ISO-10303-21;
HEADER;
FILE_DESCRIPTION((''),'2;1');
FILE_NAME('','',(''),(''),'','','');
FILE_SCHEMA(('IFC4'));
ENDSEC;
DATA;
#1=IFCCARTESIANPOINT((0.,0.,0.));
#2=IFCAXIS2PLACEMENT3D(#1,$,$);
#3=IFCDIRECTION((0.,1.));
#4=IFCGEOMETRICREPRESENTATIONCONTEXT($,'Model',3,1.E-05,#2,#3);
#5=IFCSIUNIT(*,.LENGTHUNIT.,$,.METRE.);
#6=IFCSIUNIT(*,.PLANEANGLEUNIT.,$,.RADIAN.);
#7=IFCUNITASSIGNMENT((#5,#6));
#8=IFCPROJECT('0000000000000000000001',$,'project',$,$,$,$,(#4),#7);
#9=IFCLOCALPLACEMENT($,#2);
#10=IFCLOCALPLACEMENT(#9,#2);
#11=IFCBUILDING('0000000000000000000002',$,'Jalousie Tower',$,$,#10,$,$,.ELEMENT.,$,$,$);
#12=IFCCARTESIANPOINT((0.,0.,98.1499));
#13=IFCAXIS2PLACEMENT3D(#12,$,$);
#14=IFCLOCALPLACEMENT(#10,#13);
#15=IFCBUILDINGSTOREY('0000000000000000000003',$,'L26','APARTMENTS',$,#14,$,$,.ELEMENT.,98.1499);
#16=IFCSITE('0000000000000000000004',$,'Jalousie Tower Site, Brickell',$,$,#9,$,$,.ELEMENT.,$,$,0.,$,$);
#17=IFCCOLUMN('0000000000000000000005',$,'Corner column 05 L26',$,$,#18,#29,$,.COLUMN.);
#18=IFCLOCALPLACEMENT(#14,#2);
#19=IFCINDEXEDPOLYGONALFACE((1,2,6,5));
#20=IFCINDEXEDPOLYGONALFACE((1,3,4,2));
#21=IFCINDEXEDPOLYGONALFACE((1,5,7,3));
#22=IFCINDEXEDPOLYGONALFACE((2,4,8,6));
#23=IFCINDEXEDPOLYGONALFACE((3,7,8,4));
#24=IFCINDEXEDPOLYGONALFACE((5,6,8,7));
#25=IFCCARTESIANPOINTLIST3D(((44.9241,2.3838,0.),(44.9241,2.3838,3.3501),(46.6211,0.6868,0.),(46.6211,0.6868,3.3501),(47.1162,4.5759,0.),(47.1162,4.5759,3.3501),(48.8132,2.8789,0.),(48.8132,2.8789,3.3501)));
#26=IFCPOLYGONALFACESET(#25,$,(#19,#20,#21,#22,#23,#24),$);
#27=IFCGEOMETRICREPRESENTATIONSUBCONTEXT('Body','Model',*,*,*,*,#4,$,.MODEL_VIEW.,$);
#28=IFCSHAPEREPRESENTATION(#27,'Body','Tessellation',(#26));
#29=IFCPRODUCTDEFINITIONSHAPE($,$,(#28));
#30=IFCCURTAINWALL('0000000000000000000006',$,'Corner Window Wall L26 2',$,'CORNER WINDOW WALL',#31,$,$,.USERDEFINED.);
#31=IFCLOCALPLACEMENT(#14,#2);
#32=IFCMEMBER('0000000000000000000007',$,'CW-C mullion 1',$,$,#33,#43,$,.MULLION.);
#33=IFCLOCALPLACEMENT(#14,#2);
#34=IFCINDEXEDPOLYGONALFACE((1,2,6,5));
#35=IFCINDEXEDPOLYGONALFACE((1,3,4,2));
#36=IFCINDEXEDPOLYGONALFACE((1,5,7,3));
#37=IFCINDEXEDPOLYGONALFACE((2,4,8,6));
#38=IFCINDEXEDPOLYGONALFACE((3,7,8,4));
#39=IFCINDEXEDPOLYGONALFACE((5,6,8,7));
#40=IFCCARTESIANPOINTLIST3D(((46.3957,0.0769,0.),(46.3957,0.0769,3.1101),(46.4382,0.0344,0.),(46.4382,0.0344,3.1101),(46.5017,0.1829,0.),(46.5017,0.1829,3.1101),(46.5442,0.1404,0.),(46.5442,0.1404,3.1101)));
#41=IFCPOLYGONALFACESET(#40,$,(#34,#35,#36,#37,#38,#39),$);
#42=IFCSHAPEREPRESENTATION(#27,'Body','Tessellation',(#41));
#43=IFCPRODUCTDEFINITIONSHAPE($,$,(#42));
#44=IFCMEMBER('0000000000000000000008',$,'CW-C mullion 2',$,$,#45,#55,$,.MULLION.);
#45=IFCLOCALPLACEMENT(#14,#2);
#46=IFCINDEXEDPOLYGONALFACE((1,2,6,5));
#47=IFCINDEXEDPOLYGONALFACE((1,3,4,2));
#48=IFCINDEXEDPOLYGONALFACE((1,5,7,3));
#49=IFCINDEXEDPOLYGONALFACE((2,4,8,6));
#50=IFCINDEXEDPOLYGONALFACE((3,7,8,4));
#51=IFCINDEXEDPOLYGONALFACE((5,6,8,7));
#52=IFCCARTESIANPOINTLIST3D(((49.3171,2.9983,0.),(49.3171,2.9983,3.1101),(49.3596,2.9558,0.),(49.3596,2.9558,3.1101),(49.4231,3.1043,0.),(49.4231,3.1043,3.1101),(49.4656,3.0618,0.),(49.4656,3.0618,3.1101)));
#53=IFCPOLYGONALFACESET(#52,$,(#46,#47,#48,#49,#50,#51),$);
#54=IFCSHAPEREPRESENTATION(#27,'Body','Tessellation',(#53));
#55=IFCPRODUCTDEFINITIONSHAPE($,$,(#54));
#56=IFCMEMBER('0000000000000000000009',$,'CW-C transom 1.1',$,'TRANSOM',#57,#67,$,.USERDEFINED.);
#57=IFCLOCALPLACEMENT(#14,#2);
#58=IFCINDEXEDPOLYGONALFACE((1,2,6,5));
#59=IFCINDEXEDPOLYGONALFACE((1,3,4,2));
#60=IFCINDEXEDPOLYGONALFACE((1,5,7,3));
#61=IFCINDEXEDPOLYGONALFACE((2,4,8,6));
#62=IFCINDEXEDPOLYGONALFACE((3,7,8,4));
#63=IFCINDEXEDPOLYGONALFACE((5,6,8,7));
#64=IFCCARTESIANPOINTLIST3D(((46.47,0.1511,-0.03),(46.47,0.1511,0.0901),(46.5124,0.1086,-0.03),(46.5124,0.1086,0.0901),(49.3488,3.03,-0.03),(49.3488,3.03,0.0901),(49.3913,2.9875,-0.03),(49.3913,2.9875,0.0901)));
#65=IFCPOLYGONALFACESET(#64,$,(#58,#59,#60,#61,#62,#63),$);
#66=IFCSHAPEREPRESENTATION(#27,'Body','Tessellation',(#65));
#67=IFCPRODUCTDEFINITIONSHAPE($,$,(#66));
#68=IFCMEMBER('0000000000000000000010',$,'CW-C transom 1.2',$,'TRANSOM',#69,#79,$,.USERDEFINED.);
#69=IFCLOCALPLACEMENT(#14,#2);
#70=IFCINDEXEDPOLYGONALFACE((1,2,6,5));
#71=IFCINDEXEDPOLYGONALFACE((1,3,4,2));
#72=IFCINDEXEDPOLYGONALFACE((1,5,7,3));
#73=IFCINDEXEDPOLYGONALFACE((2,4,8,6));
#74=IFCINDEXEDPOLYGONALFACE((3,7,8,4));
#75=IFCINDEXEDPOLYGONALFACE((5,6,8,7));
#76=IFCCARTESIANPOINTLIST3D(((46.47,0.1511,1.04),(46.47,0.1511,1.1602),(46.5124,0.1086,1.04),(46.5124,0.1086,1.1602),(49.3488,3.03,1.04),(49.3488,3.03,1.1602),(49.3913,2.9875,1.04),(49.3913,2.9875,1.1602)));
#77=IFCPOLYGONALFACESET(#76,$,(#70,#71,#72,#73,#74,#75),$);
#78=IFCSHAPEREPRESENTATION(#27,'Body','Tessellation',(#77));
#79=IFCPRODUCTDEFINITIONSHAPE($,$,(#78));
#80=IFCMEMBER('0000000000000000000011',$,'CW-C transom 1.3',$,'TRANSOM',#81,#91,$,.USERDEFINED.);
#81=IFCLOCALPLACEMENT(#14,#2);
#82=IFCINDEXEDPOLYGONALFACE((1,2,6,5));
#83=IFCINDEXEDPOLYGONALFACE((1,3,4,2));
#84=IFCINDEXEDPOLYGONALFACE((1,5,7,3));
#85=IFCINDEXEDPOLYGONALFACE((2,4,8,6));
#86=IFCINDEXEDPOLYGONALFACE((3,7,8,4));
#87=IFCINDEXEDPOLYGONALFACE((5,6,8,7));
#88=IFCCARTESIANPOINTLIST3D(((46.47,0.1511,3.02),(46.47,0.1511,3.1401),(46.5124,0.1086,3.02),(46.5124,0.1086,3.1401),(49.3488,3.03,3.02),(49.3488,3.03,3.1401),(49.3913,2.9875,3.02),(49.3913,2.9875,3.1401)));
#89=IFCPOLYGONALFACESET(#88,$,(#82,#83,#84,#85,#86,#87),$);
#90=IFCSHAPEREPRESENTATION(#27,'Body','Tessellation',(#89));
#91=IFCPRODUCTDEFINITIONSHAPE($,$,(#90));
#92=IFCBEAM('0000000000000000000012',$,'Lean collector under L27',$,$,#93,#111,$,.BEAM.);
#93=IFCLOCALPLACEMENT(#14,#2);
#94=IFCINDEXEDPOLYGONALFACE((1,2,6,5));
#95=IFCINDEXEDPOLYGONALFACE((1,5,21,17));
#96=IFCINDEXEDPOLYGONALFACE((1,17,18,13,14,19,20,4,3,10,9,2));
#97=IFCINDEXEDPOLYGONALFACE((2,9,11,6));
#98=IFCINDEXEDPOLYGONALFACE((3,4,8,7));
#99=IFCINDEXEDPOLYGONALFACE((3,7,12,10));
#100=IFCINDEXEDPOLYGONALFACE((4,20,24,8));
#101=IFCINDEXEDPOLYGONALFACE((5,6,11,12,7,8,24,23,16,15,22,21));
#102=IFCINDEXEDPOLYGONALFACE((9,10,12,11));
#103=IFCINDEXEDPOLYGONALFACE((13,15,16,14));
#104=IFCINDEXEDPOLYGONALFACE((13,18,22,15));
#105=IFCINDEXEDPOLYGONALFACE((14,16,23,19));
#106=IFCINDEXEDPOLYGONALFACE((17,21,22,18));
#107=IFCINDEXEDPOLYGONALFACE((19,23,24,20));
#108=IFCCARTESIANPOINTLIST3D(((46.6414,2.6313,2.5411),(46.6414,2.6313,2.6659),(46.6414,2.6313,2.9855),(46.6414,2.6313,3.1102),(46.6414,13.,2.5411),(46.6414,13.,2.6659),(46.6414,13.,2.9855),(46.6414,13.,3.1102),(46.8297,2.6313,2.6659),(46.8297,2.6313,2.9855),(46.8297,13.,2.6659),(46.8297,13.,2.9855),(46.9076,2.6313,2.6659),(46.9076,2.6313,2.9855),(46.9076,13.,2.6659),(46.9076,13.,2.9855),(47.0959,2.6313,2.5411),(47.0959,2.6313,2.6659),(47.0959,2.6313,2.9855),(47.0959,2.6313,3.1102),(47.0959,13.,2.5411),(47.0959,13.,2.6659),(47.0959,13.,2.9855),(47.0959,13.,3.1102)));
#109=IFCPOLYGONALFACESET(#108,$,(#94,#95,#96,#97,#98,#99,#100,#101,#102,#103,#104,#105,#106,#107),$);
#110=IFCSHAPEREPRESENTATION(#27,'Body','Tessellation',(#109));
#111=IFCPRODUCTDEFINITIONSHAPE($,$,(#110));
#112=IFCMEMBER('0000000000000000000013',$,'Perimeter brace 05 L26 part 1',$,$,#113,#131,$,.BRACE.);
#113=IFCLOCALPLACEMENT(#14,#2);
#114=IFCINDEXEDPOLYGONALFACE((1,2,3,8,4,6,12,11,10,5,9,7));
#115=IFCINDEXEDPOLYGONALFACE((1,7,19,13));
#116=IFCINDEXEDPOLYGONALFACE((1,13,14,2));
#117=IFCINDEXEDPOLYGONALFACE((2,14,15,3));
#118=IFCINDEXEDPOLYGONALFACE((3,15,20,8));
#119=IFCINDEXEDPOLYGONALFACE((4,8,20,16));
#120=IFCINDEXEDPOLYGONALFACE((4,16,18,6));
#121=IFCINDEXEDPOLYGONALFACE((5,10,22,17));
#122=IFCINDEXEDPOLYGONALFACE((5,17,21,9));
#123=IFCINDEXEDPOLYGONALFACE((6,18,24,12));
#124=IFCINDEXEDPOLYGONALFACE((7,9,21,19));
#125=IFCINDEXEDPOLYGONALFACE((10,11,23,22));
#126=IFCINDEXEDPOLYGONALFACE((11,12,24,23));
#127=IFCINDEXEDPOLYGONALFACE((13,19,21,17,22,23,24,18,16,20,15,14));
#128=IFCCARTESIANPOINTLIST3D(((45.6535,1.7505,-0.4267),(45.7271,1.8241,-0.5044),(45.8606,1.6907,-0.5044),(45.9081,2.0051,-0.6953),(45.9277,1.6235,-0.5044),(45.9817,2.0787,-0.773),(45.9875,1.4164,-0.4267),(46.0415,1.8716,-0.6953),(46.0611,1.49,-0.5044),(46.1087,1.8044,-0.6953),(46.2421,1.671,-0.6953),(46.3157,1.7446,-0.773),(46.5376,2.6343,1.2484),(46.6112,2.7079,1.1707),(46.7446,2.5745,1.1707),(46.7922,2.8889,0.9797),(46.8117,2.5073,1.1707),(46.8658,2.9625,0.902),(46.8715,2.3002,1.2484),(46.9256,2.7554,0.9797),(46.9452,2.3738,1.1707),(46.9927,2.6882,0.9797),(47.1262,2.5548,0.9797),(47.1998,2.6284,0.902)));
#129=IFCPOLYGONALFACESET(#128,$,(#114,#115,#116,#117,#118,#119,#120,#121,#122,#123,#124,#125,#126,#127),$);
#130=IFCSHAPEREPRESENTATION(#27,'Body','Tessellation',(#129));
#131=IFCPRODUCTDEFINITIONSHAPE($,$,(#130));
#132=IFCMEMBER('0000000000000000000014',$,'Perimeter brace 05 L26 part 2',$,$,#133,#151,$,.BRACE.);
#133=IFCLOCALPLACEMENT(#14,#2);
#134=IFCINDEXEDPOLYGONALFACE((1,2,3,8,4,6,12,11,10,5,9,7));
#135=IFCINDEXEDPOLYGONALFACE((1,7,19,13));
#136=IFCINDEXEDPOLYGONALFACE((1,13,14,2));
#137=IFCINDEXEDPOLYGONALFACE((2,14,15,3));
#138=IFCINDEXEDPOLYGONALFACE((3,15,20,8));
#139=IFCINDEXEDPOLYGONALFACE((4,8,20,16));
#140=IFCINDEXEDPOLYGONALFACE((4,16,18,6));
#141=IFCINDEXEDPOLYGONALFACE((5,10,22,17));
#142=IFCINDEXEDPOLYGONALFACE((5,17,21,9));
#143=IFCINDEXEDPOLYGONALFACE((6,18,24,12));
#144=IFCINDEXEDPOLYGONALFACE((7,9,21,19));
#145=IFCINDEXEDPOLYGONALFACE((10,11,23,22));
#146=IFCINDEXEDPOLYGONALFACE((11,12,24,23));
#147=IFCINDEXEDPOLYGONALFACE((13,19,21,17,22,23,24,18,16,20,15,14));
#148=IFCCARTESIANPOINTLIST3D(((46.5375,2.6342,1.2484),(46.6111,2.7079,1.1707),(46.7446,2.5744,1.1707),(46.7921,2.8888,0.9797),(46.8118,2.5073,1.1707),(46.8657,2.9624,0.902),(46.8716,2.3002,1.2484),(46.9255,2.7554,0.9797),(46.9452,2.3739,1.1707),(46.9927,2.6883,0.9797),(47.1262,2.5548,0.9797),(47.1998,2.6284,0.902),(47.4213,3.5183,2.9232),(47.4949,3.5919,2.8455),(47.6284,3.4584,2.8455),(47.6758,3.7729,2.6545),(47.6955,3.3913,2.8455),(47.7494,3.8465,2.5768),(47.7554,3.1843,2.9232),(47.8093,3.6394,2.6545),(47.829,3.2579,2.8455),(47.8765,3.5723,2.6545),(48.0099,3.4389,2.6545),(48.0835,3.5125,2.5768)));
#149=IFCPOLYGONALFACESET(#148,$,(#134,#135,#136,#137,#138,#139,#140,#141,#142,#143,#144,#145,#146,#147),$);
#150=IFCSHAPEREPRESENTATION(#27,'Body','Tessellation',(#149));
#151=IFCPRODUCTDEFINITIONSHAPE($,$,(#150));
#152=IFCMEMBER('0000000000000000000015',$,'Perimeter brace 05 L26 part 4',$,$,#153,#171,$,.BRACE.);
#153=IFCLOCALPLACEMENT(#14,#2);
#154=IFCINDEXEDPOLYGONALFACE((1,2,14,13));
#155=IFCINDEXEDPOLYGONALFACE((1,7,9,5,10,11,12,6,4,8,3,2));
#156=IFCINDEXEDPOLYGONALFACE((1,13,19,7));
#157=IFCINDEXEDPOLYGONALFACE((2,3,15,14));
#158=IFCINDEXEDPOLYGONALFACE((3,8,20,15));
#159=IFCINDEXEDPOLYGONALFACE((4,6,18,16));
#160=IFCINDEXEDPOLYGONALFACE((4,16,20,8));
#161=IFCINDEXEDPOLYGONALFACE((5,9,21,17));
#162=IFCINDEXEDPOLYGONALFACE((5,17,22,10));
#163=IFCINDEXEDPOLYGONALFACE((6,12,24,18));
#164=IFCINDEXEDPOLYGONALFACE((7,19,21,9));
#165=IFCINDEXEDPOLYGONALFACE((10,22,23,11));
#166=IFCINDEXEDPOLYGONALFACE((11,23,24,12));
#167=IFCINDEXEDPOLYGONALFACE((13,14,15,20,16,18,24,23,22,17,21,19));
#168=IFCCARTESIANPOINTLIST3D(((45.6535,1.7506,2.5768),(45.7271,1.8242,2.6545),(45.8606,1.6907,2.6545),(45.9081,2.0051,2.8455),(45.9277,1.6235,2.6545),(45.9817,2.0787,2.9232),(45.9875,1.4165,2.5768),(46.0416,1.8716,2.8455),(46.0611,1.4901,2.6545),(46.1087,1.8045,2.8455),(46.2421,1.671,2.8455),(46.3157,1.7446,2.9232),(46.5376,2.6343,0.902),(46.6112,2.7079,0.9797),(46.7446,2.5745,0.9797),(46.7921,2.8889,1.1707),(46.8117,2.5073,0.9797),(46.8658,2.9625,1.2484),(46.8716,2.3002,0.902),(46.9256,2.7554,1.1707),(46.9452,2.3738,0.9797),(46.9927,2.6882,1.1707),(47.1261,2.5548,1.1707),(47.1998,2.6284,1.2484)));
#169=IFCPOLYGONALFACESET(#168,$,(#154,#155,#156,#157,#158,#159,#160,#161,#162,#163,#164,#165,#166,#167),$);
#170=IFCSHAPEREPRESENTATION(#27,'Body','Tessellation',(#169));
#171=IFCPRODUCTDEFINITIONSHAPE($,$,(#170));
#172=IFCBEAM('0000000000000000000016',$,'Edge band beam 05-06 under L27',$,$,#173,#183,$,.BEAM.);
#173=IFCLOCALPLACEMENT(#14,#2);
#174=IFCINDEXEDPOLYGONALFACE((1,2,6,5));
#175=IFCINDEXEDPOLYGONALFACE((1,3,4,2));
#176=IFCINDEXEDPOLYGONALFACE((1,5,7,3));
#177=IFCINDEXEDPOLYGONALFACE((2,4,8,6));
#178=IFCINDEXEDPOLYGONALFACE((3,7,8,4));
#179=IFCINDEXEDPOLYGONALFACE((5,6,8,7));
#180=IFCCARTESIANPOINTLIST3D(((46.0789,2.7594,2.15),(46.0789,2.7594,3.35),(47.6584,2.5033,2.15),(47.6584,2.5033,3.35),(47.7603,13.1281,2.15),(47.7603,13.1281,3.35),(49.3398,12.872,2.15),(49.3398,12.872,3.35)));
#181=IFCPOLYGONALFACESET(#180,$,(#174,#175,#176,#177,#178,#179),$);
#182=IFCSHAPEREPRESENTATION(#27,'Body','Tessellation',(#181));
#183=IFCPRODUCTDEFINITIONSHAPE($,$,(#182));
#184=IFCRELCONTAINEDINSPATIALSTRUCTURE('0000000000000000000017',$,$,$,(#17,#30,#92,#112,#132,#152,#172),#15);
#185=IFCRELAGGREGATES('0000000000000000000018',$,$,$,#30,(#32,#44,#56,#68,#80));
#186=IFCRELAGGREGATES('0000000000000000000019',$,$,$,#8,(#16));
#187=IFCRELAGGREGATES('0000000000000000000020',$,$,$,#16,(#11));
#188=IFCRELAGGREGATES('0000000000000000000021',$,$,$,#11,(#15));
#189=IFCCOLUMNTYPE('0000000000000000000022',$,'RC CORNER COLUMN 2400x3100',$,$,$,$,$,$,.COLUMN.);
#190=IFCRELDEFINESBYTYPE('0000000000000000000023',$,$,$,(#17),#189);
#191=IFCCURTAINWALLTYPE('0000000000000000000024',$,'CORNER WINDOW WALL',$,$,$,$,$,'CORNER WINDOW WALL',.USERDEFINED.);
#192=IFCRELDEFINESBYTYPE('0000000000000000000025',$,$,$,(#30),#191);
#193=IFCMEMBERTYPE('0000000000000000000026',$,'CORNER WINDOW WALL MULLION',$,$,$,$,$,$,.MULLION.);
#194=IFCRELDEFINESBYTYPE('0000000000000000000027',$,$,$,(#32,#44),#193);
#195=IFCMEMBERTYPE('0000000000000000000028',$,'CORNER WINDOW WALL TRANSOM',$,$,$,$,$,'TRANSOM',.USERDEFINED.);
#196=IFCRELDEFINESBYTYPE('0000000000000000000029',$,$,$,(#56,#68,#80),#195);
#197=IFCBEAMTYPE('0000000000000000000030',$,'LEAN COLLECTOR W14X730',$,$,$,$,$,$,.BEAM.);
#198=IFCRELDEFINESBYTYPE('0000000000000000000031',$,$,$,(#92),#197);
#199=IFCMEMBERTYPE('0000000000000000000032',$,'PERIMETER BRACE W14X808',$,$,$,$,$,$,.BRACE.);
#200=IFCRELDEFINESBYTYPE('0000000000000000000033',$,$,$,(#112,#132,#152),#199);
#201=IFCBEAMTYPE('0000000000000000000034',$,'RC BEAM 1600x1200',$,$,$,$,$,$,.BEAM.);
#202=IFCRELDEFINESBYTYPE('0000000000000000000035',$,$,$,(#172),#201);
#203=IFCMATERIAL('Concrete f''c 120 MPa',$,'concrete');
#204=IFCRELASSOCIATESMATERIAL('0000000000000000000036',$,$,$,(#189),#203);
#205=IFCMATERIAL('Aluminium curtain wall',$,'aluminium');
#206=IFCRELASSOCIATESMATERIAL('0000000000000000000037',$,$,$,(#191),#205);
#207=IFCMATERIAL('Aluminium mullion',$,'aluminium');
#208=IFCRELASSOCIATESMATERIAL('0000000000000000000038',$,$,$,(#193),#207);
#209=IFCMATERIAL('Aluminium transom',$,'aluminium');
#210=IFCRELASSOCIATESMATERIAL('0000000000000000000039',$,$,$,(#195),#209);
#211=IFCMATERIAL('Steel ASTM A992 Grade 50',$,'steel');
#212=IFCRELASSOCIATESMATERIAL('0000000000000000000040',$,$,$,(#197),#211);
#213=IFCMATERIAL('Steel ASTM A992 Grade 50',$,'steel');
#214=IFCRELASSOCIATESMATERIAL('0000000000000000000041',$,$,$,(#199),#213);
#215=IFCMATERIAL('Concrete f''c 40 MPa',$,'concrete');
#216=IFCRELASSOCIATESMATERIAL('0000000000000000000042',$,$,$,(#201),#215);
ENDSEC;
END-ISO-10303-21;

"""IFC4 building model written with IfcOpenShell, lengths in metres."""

from ifc_helpers import new_model, si_unit, direction, frame, origin, origin_2d, place, context, subcontext, project, spatial, rectangle, i_section, extrude, material, material_profile, profile_set, type_object, element, aggregate, save


model = new_model("IFC4")

# Units and contexts
model_context = context("Model", 3, precision=1e-05, world=origin(), true_north=direction((0.0, 1.0)))
body_context = subcontext(model_context, "Body", "Model", "MODEL_VIEW")
ifc_project = project(units=[si_unit("LENGTHUNIT", "METRE"), si_unit("PLANEANGLEUNIT", "RADIAN")], contexts=[model_context])

# Site, building, storey
site_placement = place(None, origin())
site = spatial("IfcSite", under=ifc_project, at=site_placement, Name="Jalousie Tower Site, Brickell", CompositionType="ELEMENT", RefElevation=0.0)
building_placement = place(site_placement, origin())
building = spatial("IfcBuilding", under=site, at=building_placement, Name="Jalousie Tower", CompositionType="ELEMENT")
storey_placement = place(building_placement, frame((0.0, 0.0, 98.1499)))
storey = spatial("IfcBuildingStorey", under=building, at=storey_placement, Name="L26", Description="APARTMENTS", CompositionType="ELEMENT", Elevation=98.1499)

# Column
ifc_material_1 = material(Name="Concrete f'c 120 MPa", Category="concrete")
ifc_material_profile_1 = material_profile(ifc_material_1, rectangle(XDim=2.3999, YDim=3.1001, at=origin_2d()), Name="RC 2400x3100")
ifc_profile_set_1 = profile_set([ifc_material_profile_1], Name="Concrete f'c 120 MPa")
column_type = type_object("IfcColumnType", Name="RC CORNER COLUMN 2400x3100", PredefinedType="COLUMN", material=ifc_profile_set_1)
column_placement = place(storey_placement, frame((46.8687, 2.6313, 0.0), z_axis=(0.0, 0.0, 1.0), x_axis=(-0.707107, 0.707107, 0.0)))
element("IfcColumn", 1, at=column_placement, inside=storey, type_object=column_type, Name="Corner column 05 L26", PredefinedType="COLUMN", context=body_context, shape_type="SweptSolid", body=[
    extrude(rectangle(XDim=2.3999, YDim=3.1001, at=origin_2d()), origin(), (0.0, 0.0, 1.0), 3.3501),
])

# Curtain wall, members
ifc_material_2 = material(Name="Aluminium curtain wall", Category="aluminium")
curtain_wall_type_1 = type_object("IfcCurtainWallType", Name="CORNER WINDOW WALL", ElementType="CORNER WINDOW WALL", PredefinedType="USERDEFINED", material=ifc_material_2)
curtain_wall_1_placement = place(storey_placement, origin())
curtain_wall_1 = element("IfcCurtainWall", 2, at=curtain_wall_1_placement, inside=storey, type_object=curtain_wall_type_1, Name="Corner Window Wall L26 2", ObjectType="CORNER WINDOW WALL", PredefinedType="USERDEFINED")
ifc_material_3 = material(Name="Aluminium mullion", Category="aluminium")
ifc_material_profile_2 = material_profile(ifc_material_3, rectangle(XDim=0.0601, YDim=0.1499, at=origin_2d()), Name="MULLION 60x150")
ifc_profile_set_2 = profile_set([ifc_material_profile_2], Name="Aluminium mullion")
member_type_1 = type_object("IfcMemberType", Name="CORNER WINDOW WALL MULLION", PredefinedType="MULLION", material=ifc_profile_set_2)
member_1_placement = place(storey_placement, frame((46.47, 0.1086, 0.0), z_axis=(0.0, 0.0, 1.0), x_axis=(-0.707107, 0.707107, 0.0)))
member_1 = element("IfcMember", 3, at=member_1_placement, type_object=member_type_1, Name="CW-C mullion 1", PredefinedType="MULLION", context=body_context, shape_type="SweptSolid", body=[
    extrude(rectangle(XDim=0.0601, YDim=0.1499, at=origin_2d()), origin(), (0.0, 0.0, 1.0), 3.1101),
])
member_2_placement = place(storey_placement, frame((49.3914, 3.03, 0.0), z_axis=(0.0, 0.0, 1.0), x_axis=(-0.707107, 0.707107, 0.0)))
member_2 = element("IfcMember", 4, at=member_2_placement, type_object=member_type_1, Name="CW-C mullion 2", PredefinedType="MULLION", context=body_context, shape_type="SweptSolid", body=[
    extrude(rectangle(XDim=0.0601, YDim=0.1499, at=origin_2d()), origin(), (0.0, 0.0, 1.0), 3.1101),
])
ifc_material_4 = material(Name="Aluminium transom", Category="aluminium")
ifc_material_profile_3 = material_profile(ifc_material_4, rectangle(XDim=0.0601, YDim=0.1201, at=origin_2d()), Name="TRANSOM 60x120")
ifc_profile_set_3 = profile_set([ifc_material_profile_3], Name="Aluminium transom")
member_type_2 = type_object("IfcMemberType", Name="CORNER WINDOW WALL TRANSOM", ElementType="TRANSOM", PredefinedType="USERDEFINED", material=ifc_profile_set_3)
member_3_placement = place(storey_placement, frame((46.4912, 0.1299, 0.03), z_axis=(0.707107, 0.707107, 0.0), x_axis=(-0.707107, 0.707107, 0.0)))
member_3 = element("IfcMember", 5, at=member_3_placement, type_object=member_type_2, Name="CW-C transom 1.1", ObjectType="TRANSOM", PredefinedType="USERDEFINED", context=body_context, shape_type="SweptSolid", body=[
    extrude(rectangle(XDim=0.0601, YDim=0.1201, at=origin_2d()), origin(), (0.0, 0.0, 1.0), 4.0713),
])
member_4_placement = place(storey_placement, frame((46.4912, 0.1299, 1.1001), z_axis=(0.707107, 0.707107, 0.0), x_axis=(-0.707107, 0.707107, 0.0)))
member_4 = element("IfcMember", 6, at=member_4_placement, type_object=member_type_2, Name="CW-C transom 1.2", ObjectType="TRANSOM", PredefinedType="USERDEFINED", context=body_context, shape_type="SweptSolid", body=[
    extrude(rectangle(XDim=0.0601, YDim=0.1201, at=origin_2d()), origin(), (0.0, 0.0, 1.0), 4.0713),
])
member_5_placement = place(storey_placement, frame((46.4912, 0.1299, 3.0801), z_axis=(0.707107, 0.707107, 0.0), x_axis=(-0.707107, 0.707107, 0.0)))
member_5 = element("IfcMember", 7, at=member_5_placement, type_object=member_type_2, Name="CW-C transom 1.3", ObjectType="TRANSOM", PredefinedType="USERDEFINED", context=body_context, shape_type="SweptSolid", body=[
    extrude(rectangle(XDim=0.0601, YDim=0.1201, at=origin_2d()), origin(), (0.0, 0.0, 1.0), 4.0713),
])

# Beam
ifc_material_5 = material(Name="Steel ASTM A992 Grade 50", Category="steel")
ifc_material_profile_4 = material_profile(ifc_material_5, i_section(OverallWidth=0.4546, OverallDepth=0.5691, WebThickness=0.0779, FlangeThickness=0.1248, at=origin_2d()), Name="W14X730")
ifc_profile_set_4 = profile_set([ifc_material_profile_4], Name="Steel ASTM A992 Grade 50")
beam_type_1 = type_object("IfcBeamType", Name="LEAN COLLECTOR W14X730", PredefinedType="BEAM", material=ifc_profile_set_4)
beam_1_placement = place(storey_placement, frame((46.8687, 2.6313, 2.8257), z_axis=(0.0, 1.0, 0.0), x_axis=(-1.0, 0.0, 0.0)))
element("IfcBeam", 8, at=beam_1_placement, inside=storey, type_object=beam_type_1, Name="Lean collector under L27", PredefinedType="BEAM", context=body_context, shape_type="SweptSolid", body=[
    extrude(i_section(OverallWidth=0.4546, OverallDepth=0.5691, WebThickness=0.0779, FlangeThickness=0.1248, at=origin_2d()), origin(), (0.0, 0.0, 1.0), 10.3687),
])

# Members
ifc_material_6 = material(Name="Steel ASTM A992 Grade 50", Category="steel")
ifc_material_profile_5 = material_profile(ifc_material_6, i_section(OverallWidth=0.4724, OverallDepth=0.5791, WebThickness=0.095, FlangeThickness=0.1299, at=origin_2d()), Name="W14X808")
ifc_profile_set_5 = profile_set([ifc_material_profile_5], Name="Steel ASTM A992 Grade 50")
member_type_3 = type_object("IfcMemberType", Name="PERIMETER BRACE W14X808", PredefinedType="BRACE", material=ifc_profile_set_5)
member_6_placement = place(storey_placement, frame((45.9846, 1.7476, -0.5999), z_axis=(0.422969, 0.422852, 0.801432), x_axis=(-0.707009, 0.707204, 0.0)))
element("IfcMember", 9, at=member_6_placement, inside=storey, type_object=member_type_3, Name="Perimeter brace 05 L26 part 1", PredefinedType="BRACE", context=body_context, shape_type="SweptSolid", body=[
    extrude(i_section(OverallWidth=0.4724, OverallDepth=0.5791, WebThickness=0.095, FlangeThickness=0.1299, at=origin_2d()), origin(), (0.0, 0.0, 1.0), 2.0901),
])
for number, where, z_axis, x_axis, name in (
    (10, (46.8687, 2.6313, 1.0752), (0.422891, 0.423008, 0.801391), (-0.707204, 0.707009, 0.0), "Perimeter brace 05 L26 part 2"),
    (11, (46.8687, 2.6313, 1.0752), (-0.423008, -0.422891, 0.801391), (0.707009, -0.707204, 0.0), "Perimeter brace 05 L26 part 4"),
):
    element("IfcMember", number, at=place(storey_placement, frame(where, z_axis=z_axis, x_axis=x_axis)), inside=storey, type_object=member_type_3, Name=name, PredefinedType="BRACE", context=body_context, shape_type="SweptSolid", body=[
        extrude(i_section(OverallWidth=0.4724, OverallDepth=0.5791, WebThickness=0.095, FlangeThickness=0.1299, at=origin_2d()), origin(), (0.0, 0.0, 1.0), 2.0898),
    ])

# Beam
ifc_material_7 = material(Name="Concrete f'c 40 MPa", Category="concrete")
ifc_material_profile_6 = material_profile(ifc_material_7, rectangle(XDim=1.6001, YDim=1.2, at=origin_2d()), Name="RC 1600x1200")
ifc_profile_set_6 = profile_set([ifc_material_profile_6], Name="Concrete f'c 40 MPa")
beam_type_2 = type_object("IfcBeamType", Name="RC BEAM 1600x1200", PredefinedType="BEAM", material=ifc_profile_set_6)
beam_2_placement = place(storey_placement, frame((46.8687, 2.6313, 2.75), z_axis=(0.160071, 0.987106, 0.0), x_axis=(-0.987106, 0.160071, 0.0)))
element("IfcBeam", 12, at=beam_2_placement, inside=storey, type_object=beam_type_2, Name="Edge band beam 05-06 under L27", PredefinedType="BEAM", context=body_context, shape_type="SweptSolid", body=[
    extrude(rectangle(XDim=1.6001, YDim=1.2, at=origin_2d()), origin(), (0.0, 0.0, 1.0), 10.5042),
])

aggregate(curtain_wall_1, [member_1, member_2, member_3, member_4, member_5])

save(model, "model.ifc")
